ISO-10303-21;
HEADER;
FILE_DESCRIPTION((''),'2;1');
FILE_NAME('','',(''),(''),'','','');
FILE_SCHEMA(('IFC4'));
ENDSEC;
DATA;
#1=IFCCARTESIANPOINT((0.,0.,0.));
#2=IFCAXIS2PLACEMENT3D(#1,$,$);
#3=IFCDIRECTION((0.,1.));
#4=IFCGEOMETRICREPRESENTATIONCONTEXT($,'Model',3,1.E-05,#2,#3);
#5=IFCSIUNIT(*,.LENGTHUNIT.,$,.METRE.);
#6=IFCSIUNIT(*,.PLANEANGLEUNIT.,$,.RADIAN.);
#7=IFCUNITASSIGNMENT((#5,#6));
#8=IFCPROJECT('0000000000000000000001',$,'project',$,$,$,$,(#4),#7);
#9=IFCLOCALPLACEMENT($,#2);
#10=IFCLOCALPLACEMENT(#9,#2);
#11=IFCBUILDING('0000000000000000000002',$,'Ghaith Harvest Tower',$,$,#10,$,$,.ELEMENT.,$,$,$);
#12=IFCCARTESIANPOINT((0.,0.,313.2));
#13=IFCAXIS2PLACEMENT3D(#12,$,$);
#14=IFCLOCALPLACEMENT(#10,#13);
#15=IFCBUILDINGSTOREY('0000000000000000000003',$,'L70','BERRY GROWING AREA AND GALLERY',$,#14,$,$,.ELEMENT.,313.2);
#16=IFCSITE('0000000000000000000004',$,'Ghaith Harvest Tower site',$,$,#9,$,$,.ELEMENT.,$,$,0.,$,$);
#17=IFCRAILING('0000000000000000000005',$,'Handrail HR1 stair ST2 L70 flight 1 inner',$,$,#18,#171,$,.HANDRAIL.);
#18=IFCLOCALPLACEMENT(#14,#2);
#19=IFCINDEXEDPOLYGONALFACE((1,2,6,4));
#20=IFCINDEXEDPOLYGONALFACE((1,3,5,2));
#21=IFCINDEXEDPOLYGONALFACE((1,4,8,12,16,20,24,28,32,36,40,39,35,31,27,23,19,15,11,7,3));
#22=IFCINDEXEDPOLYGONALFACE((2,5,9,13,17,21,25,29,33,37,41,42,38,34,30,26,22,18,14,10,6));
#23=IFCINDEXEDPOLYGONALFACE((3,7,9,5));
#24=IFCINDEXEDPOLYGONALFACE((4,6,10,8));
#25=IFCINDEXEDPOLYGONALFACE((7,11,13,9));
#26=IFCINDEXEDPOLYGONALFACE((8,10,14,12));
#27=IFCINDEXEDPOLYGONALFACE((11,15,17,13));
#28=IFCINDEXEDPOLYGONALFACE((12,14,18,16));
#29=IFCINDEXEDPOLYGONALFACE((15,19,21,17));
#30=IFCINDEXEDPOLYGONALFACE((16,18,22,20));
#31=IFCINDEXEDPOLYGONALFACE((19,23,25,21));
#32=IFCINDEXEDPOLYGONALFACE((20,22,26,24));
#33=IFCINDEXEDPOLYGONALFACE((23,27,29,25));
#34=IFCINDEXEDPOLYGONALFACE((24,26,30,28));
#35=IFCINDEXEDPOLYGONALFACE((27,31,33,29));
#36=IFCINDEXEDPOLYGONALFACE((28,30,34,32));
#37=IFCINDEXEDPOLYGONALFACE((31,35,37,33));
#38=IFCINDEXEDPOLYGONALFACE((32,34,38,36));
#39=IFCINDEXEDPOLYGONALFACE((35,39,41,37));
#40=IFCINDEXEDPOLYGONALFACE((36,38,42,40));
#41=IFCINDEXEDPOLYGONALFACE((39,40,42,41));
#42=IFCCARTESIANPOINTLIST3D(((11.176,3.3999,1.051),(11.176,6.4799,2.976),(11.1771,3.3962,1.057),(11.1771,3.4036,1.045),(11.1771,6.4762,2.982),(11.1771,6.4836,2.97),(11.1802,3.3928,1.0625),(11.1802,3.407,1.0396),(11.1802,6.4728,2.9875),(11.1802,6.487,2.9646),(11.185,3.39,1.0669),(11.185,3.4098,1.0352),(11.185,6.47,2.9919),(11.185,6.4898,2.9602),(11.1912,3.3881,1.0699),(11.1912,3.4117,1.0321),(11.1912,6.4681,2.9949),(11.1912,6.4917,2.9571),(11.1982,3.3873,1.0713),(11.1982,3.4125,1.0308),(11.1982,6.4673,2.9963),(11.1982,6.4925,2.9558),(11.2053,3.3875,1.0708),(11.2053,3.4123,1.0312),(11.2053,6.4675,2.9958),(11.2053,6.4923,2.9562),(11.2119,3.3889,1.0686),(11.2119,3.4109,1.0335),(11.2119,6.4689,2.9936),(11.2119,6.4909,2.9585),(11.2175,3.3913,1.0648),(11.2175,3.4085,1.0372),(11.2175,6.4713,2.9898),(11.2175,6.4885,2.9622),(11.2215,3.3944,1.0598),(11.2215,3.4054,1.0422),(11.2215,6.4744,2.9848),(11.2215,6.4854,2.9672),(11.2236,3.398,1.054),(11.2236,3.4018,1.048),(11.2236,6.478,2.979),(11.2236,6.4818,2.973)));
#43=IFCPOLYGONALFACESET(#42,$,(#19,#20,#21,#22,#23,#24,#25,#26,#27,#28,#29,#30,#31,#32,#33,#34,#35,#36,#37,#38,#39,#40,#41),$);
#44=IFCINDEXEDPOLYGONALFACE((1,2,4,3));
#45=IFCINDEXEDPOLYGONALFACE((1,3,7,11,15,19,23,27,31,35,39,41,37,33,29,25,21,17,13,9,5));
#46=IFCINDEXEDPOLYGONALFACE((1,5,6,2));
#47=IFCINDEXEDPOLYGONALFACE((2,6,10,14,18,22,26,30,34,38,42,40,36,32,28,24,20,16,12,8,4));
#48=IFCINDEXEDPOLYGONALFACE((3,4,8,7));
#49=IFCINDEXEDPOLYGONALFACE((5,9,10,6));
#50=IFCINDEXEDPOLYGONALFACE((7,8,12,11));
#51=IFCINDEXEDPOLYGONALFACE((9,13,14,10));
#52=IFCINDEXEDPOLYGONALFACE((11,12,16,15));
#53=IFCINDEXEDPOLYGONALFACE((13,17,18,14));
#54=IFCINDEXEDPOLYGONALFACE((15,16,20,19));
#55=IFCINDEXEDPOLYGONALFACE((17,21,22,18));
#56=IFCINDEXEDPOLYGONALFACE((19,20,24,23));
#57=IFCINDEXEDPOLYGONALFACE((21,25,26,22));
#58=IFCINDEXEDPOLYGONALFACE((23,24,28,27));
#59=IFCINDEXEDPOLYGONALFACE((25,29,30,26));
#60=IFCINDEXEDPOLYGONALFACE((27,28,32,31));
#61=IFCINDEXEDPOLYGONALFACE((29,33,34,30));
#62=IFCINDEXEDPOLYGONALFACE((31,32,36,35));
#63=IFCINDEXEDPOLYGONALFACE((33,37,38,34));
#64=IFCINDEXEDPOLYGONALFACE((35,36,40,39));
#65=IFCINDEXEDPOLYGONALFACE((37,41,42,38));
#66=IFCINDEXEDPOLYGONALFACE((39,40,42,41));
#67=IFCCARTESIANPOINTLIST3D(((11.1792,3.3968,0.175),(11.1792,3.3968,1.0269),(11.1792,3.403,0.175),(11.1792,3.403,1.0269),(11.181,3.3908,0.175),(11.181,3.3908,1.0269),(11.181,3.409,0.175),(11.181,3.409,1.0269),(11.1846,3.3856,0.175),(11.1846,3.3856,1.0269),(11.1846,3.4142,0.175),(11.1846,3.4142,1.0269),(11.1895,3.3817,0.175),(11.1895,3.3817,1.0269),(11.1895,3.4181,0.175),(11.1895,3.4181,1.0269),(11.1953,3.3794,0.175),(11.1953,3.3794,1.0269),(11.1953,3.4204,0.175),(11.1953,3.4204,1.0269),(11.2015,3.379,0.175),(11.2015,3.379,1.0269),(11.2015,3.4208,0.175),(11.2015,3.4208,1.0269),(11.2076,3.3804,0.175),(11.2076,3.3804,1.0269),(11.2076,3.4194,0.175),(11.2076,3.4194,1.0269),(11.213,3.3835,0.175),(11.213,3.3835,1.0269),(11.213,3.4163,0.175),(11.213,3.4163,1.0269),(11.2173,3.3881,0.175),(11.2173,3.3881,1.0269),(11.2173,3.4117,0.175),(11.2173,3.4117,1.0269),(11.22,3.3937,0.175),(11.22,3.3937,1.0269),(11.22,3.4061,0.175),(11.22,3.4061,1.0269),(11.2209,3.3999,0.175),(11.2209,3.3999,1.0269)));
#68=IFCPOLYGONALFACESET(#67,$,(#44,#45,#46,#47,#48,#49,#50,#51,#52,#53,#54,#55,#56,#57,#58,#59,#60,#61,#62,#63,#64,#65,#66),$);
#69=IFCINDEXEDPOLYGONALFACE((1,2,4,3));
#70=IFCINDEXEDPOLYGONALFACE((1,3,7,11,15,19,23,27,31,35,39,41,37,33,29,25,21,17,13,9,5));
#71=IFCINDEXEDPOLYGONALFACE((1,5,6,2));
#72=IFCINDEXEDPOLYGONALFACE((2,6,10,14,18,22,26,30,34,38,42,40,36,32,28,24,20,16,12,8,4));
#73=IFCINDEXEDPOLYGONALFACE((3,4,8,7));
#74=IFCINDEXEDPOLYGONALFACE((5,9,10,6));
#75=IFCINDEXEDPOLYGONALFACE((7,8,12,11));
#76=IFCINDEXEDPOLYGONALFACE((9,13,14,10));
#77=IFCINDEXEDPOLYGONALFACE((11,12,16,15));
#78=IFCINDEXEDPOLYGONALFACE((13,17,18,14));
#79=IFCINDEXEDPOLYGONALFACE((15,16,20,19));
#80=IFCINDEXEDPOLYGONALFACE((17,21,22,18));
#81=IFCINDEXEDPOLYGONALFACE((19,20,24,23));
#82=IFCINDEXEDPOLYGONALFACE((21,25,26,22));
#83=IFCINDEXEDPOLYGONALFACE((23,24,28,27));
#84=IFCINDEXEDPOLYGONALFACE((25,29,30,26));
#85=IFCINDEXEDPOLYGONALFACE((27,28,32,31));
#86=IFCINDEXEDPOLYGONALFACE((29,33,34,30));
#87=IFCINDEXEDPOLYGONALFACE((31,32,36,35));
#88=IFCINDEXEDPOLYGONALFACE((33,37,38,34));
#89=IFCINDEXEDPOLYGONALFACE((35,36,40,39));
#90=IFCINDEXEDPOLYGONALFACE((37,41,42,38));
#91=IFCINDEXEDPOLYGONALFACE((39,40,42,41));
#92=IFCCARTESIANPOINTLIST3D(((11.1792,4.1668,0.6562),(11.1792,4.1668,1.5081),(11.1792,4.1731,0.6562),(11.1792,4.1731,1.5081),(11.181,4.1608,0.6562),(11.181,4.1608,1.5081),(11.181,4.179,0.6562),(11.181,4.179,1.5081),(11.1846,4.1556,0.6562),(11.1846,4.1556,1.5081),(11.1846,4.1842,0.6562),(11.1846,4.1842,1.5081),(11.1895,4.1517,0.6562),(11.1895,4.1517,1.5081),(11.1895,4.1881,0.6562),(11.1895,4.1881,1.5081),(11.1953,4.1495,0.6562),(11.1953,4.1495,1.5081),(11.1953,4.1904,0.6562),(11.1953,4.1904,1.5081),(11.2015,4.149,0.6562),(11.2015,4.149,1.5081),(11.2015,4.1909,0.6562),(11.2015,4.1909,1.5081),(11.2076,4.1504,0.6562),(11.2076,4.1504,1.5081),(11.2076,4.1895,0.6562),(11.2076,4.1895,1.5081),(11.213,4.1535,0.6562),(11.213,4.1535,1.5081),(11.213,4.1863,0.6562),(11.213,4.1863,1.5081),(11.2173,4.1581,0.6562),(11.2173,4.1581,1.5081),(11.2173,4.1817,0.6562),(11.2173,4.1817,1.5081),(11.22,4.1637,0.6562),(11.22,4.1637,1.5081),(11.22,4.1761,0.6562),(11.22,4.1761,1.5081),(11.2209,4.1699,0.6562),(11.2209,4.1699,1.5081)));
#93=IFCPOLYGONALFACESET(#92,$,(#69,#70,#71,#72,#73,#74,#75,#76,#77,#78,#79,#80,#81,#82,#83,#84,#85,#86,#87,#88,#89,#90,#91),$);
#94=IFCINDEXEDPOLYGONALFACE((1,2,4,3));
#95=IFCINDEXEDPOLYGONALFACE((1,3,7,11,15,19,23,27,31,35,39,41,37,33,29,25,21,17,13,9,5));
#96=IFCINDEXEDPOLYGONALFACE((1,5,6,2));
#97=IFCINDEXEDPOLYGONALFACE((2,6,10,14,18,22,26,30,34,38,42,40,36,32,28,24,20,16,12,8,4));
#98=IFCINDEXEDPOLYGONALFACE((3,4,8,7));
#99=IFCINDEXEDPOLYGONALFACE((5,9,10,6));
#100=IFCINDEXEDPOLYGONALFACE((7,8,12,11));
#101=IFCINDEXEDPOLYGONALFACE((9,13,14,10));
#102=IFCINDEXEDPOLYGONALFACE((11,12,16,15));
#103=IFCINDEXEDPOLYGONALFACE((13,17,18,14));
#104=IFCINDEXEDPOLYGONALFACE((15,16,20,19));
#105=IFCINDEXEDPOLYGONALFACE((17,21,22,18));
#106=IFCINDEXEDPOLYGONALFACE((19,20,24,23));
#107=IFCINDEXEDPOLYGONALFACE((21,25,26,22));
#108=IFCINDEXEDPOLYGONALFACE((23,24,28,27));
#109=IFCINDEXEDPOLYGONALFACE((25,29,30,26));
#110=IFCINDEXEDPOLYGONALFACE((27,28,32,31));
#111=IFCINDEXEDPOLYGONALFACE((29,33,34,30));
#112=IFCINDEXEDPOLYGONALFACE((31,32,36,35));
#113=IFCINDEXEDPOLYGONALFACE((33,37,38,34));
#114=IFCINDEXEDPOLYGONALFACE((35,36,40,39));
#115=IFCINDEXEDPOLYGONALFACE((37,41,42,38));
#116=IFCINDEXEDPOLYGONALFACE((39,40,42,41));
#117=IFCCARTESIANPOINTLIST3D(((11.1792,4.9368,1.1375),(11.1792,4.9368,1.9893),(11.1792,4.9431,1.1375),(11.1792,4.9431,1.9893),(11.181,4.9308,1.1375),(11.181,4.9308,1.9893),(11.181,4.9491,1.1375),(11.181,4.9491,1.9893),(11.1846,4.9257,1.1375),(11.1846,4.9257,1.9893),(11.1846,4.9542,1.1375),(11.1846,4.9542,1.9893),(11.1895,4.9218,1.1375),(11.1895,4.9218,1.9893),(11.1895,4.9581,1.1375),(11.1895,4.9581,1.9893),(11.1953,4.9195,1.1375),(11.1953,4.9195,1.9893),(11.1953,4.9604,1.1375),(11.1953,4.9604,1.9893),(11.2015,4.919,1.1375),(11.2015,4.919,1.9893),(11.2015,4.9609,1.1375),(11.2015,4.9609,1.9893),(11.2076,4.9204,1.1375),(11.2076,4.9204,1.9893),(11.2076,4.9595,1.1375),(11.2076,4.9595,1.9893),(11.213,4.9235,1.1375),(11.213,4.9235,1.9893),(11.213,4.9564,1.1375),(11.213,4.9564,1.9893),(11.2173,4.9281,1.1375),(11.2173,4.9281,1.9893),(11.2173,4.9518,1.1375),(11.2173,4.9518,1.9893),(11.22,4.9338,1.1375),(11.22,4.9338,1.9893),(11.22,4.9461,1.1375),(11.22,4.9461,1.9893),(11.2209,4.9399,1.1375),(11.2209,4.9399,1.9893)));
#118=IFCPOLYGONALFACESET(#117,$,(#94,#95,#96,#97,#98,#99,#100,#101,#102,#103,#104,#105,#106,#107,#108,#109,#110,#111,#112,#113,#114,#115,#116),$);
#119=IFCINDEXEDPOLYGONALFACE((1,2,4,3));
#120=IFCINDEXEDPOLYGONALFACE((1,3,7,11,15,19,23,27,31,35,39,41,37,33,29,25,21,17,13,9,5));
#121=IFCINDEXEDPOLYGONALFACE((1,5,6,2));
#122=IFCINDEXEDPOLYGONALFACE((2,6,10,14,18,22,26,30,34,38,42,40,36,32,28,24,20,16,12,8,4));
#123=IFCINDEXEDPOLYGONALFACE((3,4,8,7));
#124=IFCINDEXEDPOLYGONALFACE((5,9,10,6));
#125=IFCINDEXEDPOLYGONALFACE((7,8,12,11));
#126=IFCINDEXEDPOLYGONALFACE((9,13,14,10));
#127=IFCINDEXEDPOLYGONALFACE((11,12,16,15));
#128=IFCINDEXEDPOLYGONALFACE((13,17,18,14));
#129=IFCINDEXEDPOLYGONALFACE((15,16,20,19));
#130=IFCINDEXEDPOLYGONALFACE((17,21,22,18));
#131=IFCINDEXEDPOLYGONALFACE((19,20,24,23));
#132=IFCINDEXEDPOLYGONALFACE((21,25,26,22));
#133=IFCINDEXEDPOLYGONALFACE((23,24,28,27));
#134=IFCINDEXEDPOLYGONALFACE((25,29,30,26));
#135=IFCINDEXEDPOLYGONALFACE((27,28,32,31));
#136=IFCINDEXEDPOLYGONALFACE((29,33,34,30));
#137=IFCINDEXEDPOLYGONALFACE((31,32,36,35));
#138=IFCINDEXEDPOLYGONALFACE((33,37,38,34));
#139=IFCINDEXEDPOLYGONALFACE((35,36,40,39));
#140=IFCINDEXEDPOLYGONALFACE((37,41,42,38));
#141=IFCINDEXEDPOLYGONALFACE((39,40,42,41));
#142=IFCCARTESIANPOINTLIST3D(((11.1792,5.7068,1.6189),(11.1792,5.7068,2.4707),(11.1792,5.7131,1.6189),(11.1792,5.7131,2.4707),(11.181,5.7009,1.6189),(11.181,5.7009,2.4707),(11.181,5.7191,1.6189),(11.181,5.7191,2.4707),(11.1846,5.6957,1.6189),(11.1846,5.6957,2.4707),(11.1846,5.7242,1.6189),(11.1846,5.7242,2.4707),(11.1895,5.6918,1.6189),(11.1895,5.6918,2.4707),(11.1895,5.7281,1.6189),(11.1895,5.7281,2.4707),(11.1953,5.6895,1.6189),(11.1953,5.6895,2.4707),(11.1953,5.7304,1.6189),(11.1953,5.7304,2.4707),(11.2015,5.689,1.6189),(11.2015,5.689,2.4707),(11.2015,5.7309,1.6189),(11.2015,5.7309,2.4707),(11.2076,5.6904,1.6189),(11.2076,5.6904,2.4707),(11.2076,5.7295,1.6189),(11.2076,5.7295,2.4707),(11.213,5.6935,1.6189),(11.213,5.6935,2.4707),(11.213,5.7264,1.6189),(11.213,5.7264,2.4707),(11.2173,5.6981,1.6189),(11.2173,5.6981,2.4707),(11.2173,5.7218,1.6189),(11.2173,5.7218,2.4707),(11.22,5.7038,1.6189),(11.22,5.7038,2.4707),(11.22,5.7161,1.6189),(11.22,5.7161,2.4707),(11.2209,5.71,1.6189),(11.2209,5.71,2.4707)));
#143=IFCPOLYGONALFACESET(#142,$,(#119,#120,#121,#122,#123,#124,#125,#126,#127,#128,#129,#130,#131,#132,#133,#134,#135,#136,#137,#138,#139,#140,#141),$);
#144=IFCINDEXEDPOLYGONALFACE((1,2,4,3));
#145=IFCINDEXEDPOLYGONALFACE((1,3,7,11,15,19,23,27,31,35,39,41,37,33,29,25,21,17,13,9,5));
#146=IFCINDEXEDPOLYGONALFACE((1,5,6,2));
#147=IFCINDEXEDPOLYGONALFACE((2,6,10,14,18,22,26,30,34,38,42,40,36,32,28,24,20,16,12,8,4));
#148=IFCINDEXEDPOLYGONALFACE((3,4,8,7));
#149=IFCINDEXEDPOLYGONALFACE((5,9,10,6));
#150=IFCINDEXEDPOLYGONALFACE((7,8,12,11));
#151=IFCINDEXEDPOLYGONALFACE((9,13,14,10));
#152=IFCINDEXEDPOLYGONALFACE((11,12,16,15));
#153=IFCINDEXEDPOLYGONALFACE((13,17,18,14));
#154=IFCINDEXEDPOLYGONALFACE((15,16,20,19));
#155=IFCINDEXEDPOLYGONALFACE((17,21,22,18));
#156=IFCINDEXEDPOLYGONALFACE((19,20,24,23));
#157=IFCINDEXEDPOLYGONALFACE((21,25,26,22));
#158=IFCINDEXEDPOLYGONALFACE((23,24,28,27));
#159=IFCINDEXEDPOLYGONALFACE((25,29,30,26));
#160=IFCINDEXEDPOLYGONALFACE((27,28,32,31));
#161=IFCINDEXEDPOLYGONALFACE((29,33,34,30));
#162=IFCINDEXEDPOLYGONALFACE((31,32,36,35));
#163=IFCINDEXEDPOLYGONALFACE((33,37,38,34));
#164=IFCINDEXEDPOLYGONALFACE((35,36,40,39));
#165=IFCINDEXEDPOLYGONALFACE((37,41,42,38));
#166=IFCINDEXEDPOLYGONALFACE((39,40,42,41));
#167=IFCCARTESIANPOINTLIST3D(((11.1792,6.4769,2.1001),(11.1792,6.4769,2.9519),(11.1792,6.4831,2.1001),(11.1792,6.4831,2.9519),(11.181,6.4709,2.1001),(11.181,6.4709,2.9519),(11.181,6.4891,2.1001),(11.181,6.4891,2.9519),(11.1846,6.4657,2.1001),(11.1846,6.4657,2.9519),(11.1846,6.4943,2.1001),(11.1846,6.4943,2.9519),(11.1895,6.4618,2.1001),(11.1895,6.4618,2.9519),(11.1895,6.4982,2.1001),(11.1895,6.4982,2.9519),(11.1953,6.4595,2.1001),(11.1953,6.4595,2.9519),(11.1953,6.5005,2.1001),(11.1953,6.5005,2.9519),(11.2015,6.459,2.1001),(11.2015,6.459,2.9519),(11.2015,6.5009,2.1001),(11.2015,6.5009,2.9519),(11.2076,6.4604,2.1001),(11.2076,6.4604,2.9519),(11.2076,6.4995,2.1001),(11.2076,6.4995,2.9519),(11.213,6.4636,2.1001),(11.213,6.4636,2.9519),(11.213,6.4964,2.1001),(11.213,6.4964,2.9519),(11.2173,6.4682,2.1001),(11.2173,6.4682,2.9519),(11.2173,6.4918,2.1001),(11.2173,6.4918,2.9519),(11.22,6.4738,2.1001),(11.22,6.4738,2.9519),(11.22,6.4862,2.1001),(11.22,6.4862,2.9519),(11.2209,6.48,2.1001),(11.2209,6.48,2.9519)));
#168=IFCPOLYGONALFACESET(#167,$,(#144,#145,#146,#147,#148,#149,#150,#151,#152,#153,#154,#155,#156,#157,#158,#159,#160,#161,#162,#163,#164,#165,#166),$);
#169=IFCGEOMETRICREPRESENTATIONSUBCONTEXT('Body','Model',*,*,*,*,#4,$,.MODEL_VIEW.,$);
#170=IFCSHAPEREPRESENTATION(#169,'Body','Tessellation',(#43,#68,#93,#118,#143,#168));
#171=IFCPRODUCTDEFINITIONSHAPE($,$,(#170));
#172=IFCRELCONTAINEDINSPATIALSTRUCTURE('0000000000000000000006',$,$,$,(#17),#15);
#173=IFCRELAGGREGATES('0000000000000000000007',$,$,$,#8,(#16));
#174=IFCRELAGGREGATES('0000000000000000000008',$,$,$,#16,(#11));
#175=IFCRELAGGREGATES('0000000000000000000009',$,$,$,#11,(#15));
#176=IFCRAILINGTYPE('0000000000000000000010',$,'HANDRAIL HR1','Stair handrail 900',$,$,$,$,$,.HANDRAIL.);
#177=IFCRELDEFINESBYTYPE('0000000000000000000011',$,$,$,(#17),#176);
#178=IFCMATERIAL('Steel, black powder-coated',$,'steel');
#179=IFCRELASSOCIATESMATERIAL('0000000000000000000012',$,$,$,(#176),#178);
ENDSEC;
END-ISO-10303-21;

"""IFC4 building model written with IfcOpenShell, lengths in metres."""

from ifc_helpers import new_model, si_unit, direction, frame, origin, origin_2d, place, context, subcontext, project, spatial, circle, extrude, material, type_object, element, save


model = new_model("IFC4")

# Units and contexts
model_context = context("Model", 3, precision=1e-05, world=origin(), true_north=direction((0.0, 1.0)))
body_context = subcontext(model_context, "Body", "Model", "MODEL_VIEW")
ifc_project = project(units=[si_unit("LENGTHUNIT", "METRE"), si_unit("PLANEANGLEUNIT", "RADIAN")], contexts=[model_context])

# Site, building, storey
site_placement = place(None, origin())
site = spatial("IfcSite", under=ifc_project, at=site_placement, Name="Ghaith Harvest Tower site", CompositionType="ELEMENT", RefElevation=0.0)
building_placement = place(site_placement, origin())
building = spatial("IfcBuilding", under=site, at=building_placement, Name="Ghaith Harvest Tower", CompositionType="ELEMENT")
storey_placement = place(building_placement, frame((0.0, 0.0, 313.2)))
storey = spatial("IfcBuildingStorey", under=building, at=storey_placement, Name="L70", Description="BERRY GROWING AREA AND GALLERY", CompositionType="ELEMENT", Elevation=313.2)

# Railing
ifc_material_1 = material(Name="Steel, black powder-coated", Category="steel")
railing_type = type_object("IfcRailingType", Name="HANDRAIL HR1", Description="Stair handrail 900", PredefinedType="HANDRAIL", material=ifc_material_1)
railing_1_placement = place(storey_placement, frame((11.2, 3.3999, 0.175)))
element("IfcRailing", 1, at=railing_1_placement, inside=storey, type_object=railing_type, Name="Handrail HR1 stair ST2 L70 flight 1 inner", PredefinedType="HANDRAIL", context=body_context, shape_type="SweptSolid", body=[
    extrude(circle(Radius=0.0239, at=origin_2d()), frame((0.0, 0.0, 0.876), z_axis=(0.0, 0.847998, 0.529999), x_axis=(-1.0, 0.0, 0.0)), (0.0, 0.0, 1.0), 3.6321),
    extrude(circle(Radius=0.021, at=origin_2d()), origin(), (0.0, 0.0, 1.0), 0.8518),
    extrude(circle(Radius=0.021, at=origin_2d()), frame((0.0, 0.77, 0.4812)), (0.0, 0.0, 1.0), 0.8518),
    extrude(circle(Radius=0.021, at=origin_2d()), frame((0.0, 1.54, 0.9624)), (0.0, 0.0, 1.0), 0.8518),
    extrude(circle(Radius=0.021, at=origin_2d()), frame((0.0, 2.3101, 1.4438)), (0.0, 0.0, 1.0), 0.8518),
    extrude(circle(Radius=0.021, at=origin_2d()), frame((0.0, 3.0801, 1.925)), (0.0, 0.0, 1.0), 0.8518),
])

save(model, "model.ifc")
